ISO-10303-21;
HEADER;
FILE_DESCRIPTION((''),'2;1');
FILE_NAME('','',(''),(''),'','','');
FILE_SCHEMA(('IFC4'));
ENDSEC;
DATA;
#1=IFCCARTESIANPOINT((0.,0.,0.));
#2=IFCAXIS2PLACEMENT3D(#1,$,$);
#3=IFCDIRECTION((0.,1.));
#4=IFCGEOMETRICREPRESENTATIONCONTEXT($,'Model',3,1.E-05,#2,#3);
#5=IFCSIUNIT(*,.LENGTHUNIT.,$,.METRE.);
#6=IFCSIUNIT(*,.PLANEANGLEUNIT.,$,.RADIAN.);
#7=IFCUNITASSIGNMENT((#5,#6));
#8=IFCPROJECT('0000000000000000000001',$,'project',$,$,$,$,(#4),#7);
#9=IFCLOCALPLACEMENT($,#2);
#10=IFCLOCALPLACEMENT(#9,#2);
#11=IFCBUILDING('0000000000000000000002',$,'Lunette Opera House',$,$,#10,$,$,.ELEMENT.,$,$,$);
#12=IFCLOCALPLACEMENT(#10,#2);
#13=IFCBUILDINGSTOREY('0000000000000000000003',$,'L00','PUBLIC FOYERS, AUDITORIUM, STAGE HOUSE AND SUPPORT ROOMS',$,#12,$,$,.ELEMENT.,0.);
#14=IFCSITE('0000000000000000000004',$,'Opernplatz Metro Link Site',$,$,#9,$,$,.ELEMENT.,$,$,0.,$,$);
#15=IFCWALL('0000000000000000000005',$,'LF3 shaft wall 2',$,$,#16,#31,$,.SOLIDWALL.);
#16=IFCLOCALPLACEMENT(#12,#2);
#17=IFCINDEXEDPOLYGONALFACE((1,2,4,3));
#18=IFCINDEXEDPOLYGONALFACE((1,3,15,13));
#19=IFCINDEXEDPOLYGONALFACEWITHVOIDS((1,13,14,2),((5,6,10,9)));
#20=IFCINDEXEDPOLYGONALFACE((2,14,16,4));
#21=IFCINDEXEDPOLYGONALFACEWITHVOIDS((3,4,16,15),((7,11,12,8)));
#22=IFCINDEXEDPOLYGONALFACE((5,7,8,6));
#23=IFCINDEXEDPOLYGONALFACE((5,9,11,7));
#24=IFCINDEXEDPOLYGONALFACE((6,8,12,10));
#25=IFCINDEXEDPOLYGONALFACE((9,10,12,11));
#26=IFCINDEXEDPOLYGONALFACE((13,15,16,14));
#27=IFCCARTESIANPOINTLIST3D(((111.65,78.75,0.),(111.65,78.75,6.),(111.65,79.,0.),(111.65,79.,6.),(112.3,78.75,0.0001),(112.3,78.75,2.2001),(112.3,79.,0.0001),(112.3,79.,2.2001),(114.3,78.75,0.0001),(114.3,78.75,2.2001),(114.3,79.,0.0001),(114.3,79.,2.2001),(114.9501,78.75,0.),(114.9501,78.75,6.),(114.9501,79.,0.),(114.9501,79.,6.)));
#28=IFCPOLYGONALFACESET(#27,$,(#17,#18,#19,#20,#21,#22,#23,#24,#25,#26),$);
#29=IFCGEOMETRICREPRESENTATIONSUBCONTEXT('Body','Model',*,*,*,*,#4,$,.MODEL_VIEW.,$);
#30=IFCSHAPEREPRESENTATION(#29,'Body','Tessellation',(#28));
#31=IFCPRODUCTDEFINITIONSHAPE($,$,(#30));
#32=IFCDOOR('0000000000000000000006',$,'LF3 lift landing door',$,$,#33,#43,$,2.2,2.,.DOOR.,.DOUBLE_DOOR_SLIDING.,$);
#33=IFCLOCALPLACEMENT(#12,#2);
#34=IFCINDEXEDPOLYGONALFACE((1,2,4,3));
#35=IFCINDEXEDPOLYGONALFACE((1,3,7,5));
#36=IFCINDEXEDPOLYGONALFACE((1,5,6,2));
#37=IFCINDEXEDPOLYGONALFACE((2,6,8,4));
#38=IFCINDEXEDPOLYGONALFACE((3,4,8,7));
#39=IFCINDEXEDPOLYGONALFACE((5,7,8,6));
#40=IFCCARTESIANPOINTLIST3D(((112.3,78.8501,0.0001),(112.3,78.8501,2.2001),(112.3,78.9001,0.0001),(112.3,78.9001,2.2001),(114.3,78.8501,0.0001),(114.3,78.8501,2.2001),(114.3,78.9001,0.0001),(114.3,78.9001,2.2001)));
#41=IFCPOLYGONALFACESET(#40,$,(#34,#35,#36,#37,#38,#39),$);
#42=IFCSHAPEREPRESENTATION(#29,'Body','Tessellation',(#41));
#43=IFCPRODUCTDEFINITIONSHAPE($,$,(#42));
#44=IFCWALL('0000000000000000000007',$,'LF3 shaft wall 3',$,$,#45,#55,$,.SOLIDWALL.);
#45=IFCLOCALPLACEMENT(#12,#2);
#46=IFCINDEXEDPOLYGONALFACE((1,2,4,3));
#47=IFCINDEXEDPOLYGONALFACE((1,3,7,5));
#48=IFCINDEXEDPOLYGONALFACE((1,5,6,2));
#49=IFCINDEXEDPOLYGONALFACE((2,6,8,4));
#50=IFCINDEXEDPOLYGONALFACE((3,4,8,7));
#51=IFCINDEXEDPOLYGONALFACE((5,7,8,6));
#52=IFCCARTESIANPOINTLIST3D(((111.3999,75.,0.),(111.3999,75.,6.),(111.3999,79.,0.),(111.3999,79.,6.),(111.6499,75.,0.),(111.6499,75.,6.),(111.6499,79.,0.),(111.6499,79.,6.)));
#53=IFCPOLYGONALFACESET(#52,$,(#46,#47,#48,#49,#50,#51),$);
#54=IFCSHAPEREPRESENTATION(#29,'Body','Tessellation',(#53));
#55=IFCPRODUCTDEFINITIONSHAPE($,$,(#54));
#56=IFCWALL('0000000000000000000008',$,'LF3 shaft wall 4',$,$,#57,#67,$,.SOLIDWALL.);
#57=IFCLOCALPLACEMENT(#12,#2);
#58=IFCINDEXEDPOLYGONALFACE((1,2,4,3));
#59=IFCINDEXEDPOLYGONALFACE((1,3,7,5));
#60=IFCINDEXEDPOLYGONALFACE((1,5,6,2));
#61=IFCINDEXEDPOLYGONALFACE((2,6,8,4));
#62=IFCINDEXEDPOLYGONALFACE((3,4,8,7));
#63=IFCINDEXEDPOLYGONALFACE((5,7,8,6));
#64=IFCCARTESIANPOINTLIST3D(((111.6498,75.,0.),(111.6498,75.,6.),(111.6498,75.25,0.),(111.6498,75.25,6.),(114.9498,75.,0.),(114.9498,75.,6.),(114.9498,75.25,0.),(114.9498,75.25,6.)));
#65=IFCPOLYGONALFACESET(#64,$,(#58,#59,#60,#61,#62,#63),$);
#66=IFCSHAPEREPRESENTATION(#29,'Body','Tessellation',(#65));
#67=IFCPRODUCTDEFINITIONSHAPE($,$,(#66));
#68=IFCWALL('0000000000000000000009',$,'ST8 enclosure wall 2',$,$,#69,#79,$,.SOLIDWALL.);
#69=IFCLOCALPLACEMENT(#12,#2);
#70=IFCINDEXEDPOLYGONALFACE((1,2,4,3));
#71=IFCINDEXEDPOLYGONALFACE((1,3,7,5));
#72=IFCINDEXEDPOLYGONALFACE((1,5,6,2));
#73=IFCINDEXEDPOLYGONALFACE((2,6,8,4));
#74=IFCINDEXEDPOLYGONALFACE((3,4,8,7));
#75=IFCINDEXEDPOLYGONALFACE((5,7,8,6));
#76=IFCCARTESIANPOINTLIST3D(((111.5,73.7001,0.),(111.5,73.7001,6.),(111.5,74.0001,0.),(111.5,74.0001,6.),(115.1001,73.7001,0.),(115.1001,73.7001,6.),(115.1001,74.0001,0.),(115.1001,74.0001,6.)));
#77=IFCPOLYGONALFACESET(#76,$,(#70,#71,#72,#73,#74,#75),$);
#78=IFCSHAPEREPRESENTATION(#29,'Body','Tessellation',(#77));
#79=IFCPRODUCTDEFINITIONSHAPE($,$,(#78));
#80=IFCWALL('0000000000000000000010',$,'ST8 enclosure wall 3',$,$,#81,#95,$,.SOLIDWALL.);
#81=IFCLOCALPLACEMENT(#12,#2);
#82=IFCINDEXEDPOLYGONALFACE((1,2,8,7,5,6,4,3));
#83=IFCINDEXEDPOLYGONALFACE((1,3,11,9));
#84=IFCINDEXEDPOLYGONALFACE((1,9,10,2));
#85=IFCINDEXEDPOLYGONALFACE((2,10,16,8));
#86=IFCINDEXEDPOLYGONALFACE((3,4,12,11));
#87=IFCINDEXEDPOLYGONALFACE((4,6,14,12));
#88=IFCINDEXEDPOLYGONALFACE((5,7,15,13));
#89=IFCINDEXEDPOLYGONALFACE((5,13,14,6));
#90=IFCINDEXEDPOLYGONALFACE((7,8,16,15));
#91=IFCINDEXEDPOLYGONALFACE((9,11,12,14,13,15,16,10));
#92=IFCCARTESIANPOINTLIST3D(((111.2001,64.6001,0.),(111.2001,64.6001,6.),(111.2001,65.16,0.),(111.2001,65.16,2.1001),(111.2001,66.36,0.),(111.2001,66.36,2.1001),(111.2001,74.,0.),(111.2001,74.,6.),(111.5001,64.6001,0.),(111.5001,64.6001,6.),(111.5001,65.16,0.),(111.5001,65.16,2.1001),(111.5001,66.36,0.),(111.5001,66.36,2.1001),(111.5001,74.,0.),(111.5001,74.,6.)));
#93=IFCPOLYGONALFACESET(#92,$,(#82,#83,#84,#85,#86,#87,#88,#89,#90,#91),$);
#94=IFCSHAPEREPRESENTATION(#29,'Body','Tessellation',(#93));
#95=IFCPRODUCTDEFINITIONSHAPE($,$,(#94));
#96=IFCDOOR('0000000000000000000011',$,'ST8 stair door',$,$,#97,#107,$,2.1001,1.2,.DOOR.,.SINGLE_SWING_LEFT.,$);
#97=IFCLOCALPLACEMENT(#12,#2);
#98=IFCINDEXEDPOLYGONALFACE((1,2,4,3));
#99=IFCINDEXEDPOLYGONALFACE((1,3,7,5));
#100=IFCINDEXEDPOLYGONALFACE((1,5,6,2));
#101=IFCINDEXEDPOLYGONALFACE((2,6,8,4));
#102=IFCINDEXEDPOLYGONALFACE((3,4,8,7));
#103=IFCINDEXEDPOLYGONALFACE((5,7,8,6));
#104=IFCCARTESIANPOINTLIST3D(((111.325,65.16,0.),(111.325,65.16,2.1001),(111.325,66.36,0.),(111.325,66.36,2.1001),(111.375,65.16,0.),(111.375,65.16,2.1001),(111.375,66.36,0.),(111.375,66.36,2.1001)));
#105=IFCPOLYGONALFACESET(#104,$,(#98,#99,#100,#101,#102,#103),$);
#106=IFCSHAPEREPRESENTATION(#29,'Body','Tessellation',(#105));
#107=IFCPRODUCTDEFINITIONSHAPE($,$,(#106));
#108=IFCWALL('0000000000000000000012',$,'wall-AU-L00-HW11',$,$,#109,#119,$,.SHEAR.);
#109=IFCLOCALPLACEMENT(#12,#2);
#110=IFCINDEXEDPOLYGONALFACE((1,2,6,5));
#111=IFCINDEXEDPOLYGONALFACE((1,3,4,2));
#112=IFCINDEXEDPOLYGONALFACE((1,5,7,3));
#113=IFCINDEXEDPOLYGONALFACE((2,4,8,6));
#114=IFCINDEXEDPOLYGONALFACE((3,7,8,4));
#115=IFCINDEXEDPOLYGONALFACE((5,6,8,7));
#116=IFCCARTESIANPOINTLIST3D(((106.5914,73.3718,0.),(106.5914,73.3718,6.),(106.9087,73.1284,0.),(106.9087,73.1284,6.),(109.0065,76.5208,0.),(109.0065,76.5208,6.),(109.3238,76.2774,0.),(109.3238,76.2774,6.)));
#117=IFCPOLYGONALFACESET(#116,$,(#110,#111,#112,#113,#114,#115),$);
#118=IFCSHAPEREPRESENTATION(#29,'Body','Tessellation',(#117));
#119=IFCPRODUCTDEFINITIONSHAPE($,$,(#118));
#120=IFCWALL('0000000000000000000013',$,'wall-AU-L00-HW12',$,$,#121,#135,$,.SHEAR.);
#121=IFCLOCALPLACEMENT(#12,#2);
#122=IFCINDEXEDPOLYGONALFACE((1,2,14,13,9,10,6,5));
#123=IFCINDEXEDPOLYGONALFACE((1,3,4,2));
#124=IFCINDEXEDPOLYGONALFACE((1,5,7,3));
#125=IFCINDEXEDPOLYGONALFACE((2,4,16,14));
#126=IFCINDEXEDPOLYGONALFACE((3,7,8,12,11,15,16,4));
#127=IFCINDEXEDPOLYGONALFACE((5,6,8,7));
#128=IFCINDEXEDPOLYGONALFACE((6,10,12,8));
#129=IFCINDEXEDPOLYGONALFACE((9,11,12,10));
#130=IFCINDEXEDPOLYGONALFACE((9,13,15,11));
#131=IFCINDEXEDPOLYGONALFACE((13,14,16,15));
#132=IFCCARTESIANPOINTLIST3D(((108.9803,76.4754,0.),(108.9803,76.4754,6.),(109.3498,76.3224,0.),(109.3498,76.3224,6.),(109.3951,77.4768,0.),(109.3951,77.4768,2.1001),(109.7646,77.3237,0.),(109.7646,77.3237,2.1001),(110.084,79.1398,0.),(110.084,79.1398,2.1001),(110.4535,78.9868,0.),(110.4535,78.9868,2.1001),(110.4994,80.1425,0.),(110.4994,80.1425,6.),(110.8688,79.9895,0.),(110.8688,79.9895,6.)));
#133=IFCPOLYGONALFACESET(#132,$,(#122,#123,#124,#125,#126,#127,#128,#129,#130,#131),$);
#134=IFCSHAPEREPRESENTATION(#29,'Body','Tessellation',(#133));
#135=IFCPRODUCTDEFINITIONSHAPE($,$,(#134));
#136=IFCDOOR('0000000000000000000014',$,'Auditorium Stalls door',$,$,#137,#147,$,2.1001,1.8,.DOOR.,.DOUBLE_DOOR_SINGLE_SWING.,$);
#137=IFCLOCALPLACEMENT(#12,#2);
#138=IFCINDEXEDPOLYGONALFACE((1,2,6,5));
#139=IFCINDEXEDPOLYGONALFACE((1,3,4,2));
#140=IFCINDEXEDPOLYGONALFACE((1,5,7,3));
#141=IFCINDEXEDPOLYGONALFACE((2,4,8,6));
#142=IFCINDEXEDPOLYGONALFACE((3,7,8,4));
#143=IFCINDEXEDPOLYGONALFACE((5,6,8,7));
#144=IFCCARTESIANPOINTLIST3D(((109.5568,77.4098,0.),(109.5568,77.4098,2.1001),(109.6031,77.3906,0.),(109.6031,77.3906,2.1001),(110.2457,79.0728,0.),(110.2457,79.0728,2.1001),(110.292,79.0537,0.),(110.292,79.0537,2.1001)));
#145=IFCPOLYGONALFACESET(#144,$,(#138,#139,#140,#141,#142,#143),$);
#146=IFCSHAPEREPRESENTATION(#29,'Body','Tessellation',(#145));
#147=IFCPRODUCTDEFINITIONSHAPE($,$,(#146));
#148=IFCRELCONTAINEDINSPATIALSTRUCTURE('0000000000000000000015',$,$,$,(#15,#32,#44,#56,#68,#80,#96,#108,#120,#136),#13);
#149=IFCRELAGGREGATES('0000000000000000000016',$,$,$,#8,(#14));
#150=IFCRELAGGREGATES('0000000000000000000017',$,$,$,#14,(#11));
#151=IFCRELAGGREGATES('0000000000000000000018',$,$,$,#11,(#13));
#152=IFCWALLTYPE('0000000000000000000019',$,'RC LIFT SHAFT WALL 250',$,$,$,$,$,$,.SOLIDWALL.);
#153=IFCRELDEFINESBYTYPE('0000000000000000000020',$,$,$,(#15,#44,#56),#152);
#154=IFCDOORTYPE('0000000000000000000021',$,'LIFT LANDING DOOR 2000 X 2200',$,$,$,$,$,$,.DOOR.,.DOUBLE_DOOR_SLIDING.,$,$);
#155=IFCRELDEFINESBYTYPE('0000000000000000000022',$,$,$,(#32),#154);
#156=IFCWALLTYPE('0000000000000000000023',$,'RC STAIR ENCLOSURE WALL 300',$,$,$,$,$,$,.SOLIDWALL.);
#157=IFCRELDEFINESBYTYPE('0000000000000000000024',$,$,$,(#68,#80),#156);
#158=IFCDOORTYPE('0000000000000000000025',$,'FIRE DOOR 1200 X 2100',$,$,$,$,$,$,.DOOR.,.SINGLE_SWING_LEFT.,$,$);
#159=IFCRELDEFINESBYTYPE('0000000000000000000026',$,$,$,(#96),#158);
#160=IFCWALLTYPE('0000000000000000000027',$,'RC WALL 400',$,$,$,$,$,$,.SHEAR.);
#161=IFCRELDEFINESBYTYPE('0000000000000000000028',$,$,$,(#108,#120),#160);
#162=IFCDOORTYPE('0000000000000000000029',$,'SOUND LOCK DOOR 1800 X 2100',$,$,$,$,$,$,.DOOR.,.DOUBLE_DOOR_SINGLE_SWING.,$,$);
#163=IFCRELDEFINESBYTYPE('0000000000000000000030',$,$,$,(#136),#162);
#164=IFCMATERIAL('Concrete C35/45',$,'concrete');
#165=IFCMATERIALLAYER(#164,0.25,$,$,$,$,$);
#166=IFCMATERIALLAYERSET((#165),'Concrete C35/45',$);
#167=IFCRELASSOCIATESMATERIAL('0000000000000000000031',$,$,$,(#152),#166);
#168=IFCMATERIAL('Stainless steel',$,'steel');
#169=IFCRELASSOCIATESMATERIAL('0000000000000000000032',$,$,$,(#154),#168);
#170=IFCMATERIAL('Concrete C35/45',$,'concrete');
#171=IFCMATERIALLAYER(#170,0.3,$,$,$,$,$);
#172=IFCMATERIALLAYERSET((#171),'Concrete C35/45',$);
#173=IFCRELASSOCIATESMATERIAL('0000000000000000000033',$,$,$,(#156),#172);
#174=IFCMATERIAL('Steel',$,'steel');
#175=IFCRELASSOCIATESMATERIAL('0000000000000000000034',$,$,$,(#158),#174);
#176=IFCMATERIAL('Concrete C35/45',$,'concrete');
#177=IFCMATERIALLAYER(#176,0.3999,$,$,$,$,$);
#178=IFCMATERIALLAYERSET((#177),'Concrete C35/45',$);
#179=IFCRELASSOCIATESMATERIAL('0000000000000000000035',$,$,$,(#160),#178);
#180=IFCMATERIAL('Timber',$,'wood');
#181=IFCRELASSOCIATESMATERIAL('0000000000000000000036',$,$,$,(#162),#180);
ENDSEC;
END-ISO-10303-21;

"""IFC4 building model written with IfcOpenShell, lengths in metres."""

from ifc_helpers import new_model, si_unit, direction, frame, frame_2d, origin, place, context, subcontext, project, spatial, rectangle, extrude, material, layer, layer_set, type_object, element, fill, save


model = new_model("IFC4")

# Units and contexts
model_context = context("Model", 3, precision=1e-05, world=origin(), true_north=direction((0.0, 1.0)))
body_context = subcontext(model_context, "Body", "Model", "MODEL_VIEW")
ifc_project = project(units=[si_unit("LENGTHUNIT", "METRE"), si_unit("PLANEANGLEUNIT", "RADIAN")], contexts=[model_context])

# Site, building, storey
site_placement = place(None, origin())
site = spatial("IfcSite", under=ifc_project, at=site_placement, Name="Opernplatz Metro Link Site", CompositionType="ELEMENT", RefElevation=0.0)
building_placement = place(site_placement, origin())
building = spatial("IfcBuilding", under=site, at=building_placement, Name="Lunette Opera House", CompositionType="ELEMENT")
storey_placement = place(building_placement, origin())
storey = spatial("IfcBuildingStorey", under=building, at=storey_placement, Name="L00", Description="PUBLIC FOYERS, AUDITORIUM, STAGE HOUSE AND SUPPORT ROOMS", CompositionType="ELEMENT", Elevation=0.0)

# Shared definitions
ifc_material_1 = material(Name="Concrete C35/45", Category="concrete")
ifc_layer_1 = layer(ifc_material_1, 0.25)
ifc_layer_set_1 = layer_set([ifc_layer_1], Name="Concrete C35/45")
wall_type_1 = type_object("IfcWallType", Name="RC LIFT SHAFT WALL 250", PredefinedType="SOLIDWALL", material=ifc_layer_set_1)

# Wall, opening, door
wall_1_placement = place(storey_placement, frame((114.95, 78.875, 0.0), z_axis=(0.0, 0.0, 1.0), x_axis=(-1.0, 0.0, 0.0)))
wall_1 = element("IfcWall", 1, at=wall_1_placement, inside=storey, type_object=wall_type_1, Name="LF3 shaft wall 2", PredefinedType="SOLIDWALL", context=body_context, shape_type="SweptSolid", body=[
    extrude(rectangle(XDim=3.3, YDim=0.25, at=frame_2d((1.6499, 0.0))), origin(), (0.0, 0.0, 1.0), 6.0),
])
opening_1_placement = place(wall_1_placement, frame((0.6499, 0.0, 0.0)))
opening_1 = element("IfcOpeningElement", 2, at=opening_1_placement, cuts=wall_1, PredefinedType="OPENING", context=body_context, shape_type="SweptSolid", body=[
    extrude(rectangle(XDim=2.0, YDim=2.2, at=frame_2d((1.0, 1.1001))), frame((0.0, 0.137, 0.0), z_axis=(0.0, -1.0, 0.0), x_axis=(1.0, 0.0, 0.0)), (0.0, 0.0, 1.0), 0.2739),
])
ifc_material_2 = material(Name="Stainless steel", Category="steel")
door_type_1 = type_object("IfcDoorType", Name="LIFT LANDING DOOR 2000 X 2200", OperationType="DOUBLE_DOOR_SLIDING", PredefinedType="DOOR", material=ifc_material_2)
door_1_placement = place(opening_1_placement, origin())
door_1 = element("IfcDoor", 3, at=door_1_placement, inside=storey, type_object=door_type_1, Name="LF3 lift landing door", OperationType="DOUBLE_DOOR_SLIDING", OverallHeight=2.2, OverallWidth=2.0, PredefinedType="DOOR", context=body_context, shape_type="SweptSolid", body=[
    extrude(rectangle(XDim=2.0, YDim=2.2, at=frame_2d((1.0, 1.1001))), frame((0.0, 0.0249, 0.0), z_axis=(0.0, -1.0, 0.0), x_axis=(1.0, 0.0, 0.0)), (0.0, 0.0, 1.0), 0.05),
])
fill(opening_1, door_1)

# Walls
wall_2_placement = place(storey_placement, frame((111.5249, 79.0, 0.0), z_axis=(0.0, 0.0, 1.0), x_axis=(0.0, -1.0, 0.0)))
element("IfcWall", 4, at=wall_2_placement, inside=storey, type_object=wall_type_1, Name="LF3 shaft wall 3", PredefinedType="SOLIDWALL", context=body_context, shape_type="SweptSolid", body=[
    extrude(rectangle(XDim=4.0, YDim=0.25, at=frame_2d((2.0, 0.0))), origin(), (0.0, 0.0, 1.0), 6.0),
])
wall_3_placement = place(storey_placement, frame((111.6499, 75.125, 0.0), z_axis=(0.0, 0.0, 1.0), x_axis=(1.0, 0.0, 0.0)))
element("IfcWall", 5, at=wall_3_placement, inside=storey, type_object=wall_type_1, Name="LF3 shaft wall 4", PredefinedType="SOLIDWALL", context=body_context, shape_type="SweptSolid", body=[
    extrude(rectangle(XDim=3.3, YDim=0.25, at=frame_2d((1.6499, 0.0))), origin(), (0.0, 0.0, 1.0), 6.0),
])
ifc_material_3 = material(Name="Concrete C35/45", Category="concrete")
ifc_layer_2 = layer(ifc_material_3, 0.3)
ifc_layer_set_2 = layer_set([ifc_layer_2], Name="Concrete C35/45")
wall_type_2 = type_object("IfcWallType", Name="RC STAIR ENCLOSURE WALL 300", PredefinedType="SOLIDWALL", material=ifc_layer_set_2)
wall_4_placement = place(storey_placement, frame((115.1001, 73.8501, 0.0), z_axis=(0.0, 0.0, 1.0), x_axis=(-1.0, 0.0, 0.0)))
element("IfcWall", 6, at=wall_4_placement, inside=storey, type_object=wall_type_2, Name="ST8 enclosure wall 2", PredefinedType="SOLIDWALL", context=body_context, shape_type="SweptSolid", body=[
    extrude(rectangle(XDim=3.6001, YDim=0.3, at=frame_2d((1.8, 0.0))), origin(), (0.0, 0.0, 1.0), 6.0),
])

# Wall, opening, door
wall_5_placement = place(storey_placement, frame((111.3501, 74.0, 0.0), z_axis=(0.0, 0.0, 1.0), x_axis=(0.0, -1.0, 0.0)))
wall_5 = element("IfcWall", 7, at=wall_5_placement, inside=storey, type_object=wall_type_2, Name="ST8 enclosure wall 3", PredefinedType="SOLIDWALL", context=body_context, shape_type="SweptSolid", body=[
    extrude(rectangle(XDim=9.3999, YDim=0.3, at=frame_2d((4.7, 0.0))), origin(), (0.0, 0.0, 1.0), 6.0),
])
opening_2_placement = place(wall_5_placement, frame((7.6399, 0.0, 0.0)))
opening_2 = element("IfcOpeningElement", 8, at=opening_2_placement, cuts=wall_5, PredefinedType="OPENING", context=body_context, shape_type="SweptSolid", body=[
    extrude(rectangle(XDim=1.2, YDim=2.1001, at=frame_2d((0.6001, 1.05))), frame((0.0, 0.1621, 0.0), z_axis=(0.0, -1.0, 0.0), x_axis=(1.0, 0.0, 0.0)), (0.0, 0.0, 1.0), 0.324),
])
ifc_material_4 = material(Name="Steel", Category="steel")
door_type_2 = type_object("IfcDoorType", Name="FIRE DOOR 1200 X 2100", OperationType="SINGLE_SWING_LEFT", PredefinedType="DOOR", material=ifc_material_4)
door_2_placement = place(opening_2_placement, origin())
door_2 = element("IfcDoor", 9, at=door_2_placement, inside=storey, type_object=door_type_2, Name="ST8 stair door", OperationType="SINGLE_SWING_LEFT", OverallHeight=2.1001, OverallWidth=1.2, PredefinedType="DOOR", context=body_context, shape_type="SweptSolid", body=[
    extrude(rectangle(XDim=1.2, YDim=2.1001, at=frame_2d((0.6001, 1.05))), frame((0.0, 0.0249, 0.0), z_axis=(0.0, -1.0, 0.0), x_axis=(1.0, 0.0, 0.0)), (0.0, 0.0, 1.0), 0.05),
])
fill(opening_2, door_2)

# Wall
ifc_material_5 = material(Name="Concrete C35/45", Category="concrete")
ifc_layer_3 = layer(ifc_material_5, 0.3999)
ifc_layer_set_3 = layer_set([ifc_layer_3], Name="Concrete C35/45")
wall_type_3 = type_object("IfcWallType", Name="RC WALL 400", PredefinedType="SHEAR", material=ifc_layer_set_3)
wall_6_placement = place(storey_placement, frame((106.75, 73.25, 0.0), z_axis=(0.0, 0.0, 1.0), x_axis=(0.608568, 0.793501, 0.0)))
element("IfcWall", 10, at=wall_6_placement, inside=storey, type_object=wall_type_3, Name="wall-AU-L00-HW11", PredefinedType="SHEAR", context=body_context, shape_type="SweptSolid", body=[
    extrude(rectangle(XDim=3.9685, YDim=0.3999, at=frame_2d((1.9844, 0.0))), origin(), (0.0, 0.0, 1.0), 6.0),
])

# Wall, opening, door
wall_7_placement = place(storey_placement, frame((109.165, 76.3989, 0.0), z_axis=(0.0, 0.0, 1.0), x_axis=(0.38271, 0.923868, 0.0)))
wall_7 = element("IfcWall", 11, at=wall_7_placement, inside=storey, type_object=wall_type_3, Name="wall-AU-L00-HW12", PredefinedType="SHEAR", context=body_context, shape_type="SweptSolid", body=[
    extrude(rectangle(XDim=3.9692, YDim=0.3999, at=frame_2d((1.9846, 0.0))), origin(), (0.0, 0.0, 1.0), 6.0),
])
opening_3_placement = place(wall_7_placement, frame((1.084, 0.0, 0.0)))
opening_3 = element("IfcOpeningElement", 12, at=opening_3_placement, cuts=wall_7, PredefinedType="OPENING", context=body_context, shape_type="SweptSolid", body=[
    extrude(rectangle(XDim=1.8, YDim=2.1001, at=frame_2d((0.8999, 1.05))), frame((0.0, 0.2119, 0.0), z_axis=(0.0, -1.0, 0.0), x_axis=(1.0, 0.0, 0.0)), (0.0, 0.0, 1.0), 0.4238),
])
ifc_material_6 = material(Name="Timber", Category="wood")
door_type_3 = type_object("IfcDoorType", Name="SOUND LOCK DOOR 1800 X 2100", OperationType="DOUBLE_DOOR_SINGLE_SWING", PredefinedType="DOOR", material=ifc_material_6)
door_3_placement = place(opening_3_placement, origin())
door_3 = element("IfcDoor", 13, at=door_3_placement, inside=storey, type_object=door_type_3, Name="Auditorium Stalls door", OperationType="DOUBLE_DOOR_SINGLE_SWING", OverallHeight=2.1001, OverallWidth=1.8, PredefinedType="DOOR", context=body_context, shape_type="SweptSolid", body=[
    extrude(rectangle(XDim=1.8, YDim=2.1001, at=frame_2d((0.8999, 1.05))), frame((0.0, 0.0249, 0.0), z_axis=(0.0, -1.0, 0.0), x_axis=(1.0, 0.0, 0.0)), (0.0, 0.0, 1.0), 0.05),
])
fill(opening_3, door_3)

save(model, "model.ifc")
